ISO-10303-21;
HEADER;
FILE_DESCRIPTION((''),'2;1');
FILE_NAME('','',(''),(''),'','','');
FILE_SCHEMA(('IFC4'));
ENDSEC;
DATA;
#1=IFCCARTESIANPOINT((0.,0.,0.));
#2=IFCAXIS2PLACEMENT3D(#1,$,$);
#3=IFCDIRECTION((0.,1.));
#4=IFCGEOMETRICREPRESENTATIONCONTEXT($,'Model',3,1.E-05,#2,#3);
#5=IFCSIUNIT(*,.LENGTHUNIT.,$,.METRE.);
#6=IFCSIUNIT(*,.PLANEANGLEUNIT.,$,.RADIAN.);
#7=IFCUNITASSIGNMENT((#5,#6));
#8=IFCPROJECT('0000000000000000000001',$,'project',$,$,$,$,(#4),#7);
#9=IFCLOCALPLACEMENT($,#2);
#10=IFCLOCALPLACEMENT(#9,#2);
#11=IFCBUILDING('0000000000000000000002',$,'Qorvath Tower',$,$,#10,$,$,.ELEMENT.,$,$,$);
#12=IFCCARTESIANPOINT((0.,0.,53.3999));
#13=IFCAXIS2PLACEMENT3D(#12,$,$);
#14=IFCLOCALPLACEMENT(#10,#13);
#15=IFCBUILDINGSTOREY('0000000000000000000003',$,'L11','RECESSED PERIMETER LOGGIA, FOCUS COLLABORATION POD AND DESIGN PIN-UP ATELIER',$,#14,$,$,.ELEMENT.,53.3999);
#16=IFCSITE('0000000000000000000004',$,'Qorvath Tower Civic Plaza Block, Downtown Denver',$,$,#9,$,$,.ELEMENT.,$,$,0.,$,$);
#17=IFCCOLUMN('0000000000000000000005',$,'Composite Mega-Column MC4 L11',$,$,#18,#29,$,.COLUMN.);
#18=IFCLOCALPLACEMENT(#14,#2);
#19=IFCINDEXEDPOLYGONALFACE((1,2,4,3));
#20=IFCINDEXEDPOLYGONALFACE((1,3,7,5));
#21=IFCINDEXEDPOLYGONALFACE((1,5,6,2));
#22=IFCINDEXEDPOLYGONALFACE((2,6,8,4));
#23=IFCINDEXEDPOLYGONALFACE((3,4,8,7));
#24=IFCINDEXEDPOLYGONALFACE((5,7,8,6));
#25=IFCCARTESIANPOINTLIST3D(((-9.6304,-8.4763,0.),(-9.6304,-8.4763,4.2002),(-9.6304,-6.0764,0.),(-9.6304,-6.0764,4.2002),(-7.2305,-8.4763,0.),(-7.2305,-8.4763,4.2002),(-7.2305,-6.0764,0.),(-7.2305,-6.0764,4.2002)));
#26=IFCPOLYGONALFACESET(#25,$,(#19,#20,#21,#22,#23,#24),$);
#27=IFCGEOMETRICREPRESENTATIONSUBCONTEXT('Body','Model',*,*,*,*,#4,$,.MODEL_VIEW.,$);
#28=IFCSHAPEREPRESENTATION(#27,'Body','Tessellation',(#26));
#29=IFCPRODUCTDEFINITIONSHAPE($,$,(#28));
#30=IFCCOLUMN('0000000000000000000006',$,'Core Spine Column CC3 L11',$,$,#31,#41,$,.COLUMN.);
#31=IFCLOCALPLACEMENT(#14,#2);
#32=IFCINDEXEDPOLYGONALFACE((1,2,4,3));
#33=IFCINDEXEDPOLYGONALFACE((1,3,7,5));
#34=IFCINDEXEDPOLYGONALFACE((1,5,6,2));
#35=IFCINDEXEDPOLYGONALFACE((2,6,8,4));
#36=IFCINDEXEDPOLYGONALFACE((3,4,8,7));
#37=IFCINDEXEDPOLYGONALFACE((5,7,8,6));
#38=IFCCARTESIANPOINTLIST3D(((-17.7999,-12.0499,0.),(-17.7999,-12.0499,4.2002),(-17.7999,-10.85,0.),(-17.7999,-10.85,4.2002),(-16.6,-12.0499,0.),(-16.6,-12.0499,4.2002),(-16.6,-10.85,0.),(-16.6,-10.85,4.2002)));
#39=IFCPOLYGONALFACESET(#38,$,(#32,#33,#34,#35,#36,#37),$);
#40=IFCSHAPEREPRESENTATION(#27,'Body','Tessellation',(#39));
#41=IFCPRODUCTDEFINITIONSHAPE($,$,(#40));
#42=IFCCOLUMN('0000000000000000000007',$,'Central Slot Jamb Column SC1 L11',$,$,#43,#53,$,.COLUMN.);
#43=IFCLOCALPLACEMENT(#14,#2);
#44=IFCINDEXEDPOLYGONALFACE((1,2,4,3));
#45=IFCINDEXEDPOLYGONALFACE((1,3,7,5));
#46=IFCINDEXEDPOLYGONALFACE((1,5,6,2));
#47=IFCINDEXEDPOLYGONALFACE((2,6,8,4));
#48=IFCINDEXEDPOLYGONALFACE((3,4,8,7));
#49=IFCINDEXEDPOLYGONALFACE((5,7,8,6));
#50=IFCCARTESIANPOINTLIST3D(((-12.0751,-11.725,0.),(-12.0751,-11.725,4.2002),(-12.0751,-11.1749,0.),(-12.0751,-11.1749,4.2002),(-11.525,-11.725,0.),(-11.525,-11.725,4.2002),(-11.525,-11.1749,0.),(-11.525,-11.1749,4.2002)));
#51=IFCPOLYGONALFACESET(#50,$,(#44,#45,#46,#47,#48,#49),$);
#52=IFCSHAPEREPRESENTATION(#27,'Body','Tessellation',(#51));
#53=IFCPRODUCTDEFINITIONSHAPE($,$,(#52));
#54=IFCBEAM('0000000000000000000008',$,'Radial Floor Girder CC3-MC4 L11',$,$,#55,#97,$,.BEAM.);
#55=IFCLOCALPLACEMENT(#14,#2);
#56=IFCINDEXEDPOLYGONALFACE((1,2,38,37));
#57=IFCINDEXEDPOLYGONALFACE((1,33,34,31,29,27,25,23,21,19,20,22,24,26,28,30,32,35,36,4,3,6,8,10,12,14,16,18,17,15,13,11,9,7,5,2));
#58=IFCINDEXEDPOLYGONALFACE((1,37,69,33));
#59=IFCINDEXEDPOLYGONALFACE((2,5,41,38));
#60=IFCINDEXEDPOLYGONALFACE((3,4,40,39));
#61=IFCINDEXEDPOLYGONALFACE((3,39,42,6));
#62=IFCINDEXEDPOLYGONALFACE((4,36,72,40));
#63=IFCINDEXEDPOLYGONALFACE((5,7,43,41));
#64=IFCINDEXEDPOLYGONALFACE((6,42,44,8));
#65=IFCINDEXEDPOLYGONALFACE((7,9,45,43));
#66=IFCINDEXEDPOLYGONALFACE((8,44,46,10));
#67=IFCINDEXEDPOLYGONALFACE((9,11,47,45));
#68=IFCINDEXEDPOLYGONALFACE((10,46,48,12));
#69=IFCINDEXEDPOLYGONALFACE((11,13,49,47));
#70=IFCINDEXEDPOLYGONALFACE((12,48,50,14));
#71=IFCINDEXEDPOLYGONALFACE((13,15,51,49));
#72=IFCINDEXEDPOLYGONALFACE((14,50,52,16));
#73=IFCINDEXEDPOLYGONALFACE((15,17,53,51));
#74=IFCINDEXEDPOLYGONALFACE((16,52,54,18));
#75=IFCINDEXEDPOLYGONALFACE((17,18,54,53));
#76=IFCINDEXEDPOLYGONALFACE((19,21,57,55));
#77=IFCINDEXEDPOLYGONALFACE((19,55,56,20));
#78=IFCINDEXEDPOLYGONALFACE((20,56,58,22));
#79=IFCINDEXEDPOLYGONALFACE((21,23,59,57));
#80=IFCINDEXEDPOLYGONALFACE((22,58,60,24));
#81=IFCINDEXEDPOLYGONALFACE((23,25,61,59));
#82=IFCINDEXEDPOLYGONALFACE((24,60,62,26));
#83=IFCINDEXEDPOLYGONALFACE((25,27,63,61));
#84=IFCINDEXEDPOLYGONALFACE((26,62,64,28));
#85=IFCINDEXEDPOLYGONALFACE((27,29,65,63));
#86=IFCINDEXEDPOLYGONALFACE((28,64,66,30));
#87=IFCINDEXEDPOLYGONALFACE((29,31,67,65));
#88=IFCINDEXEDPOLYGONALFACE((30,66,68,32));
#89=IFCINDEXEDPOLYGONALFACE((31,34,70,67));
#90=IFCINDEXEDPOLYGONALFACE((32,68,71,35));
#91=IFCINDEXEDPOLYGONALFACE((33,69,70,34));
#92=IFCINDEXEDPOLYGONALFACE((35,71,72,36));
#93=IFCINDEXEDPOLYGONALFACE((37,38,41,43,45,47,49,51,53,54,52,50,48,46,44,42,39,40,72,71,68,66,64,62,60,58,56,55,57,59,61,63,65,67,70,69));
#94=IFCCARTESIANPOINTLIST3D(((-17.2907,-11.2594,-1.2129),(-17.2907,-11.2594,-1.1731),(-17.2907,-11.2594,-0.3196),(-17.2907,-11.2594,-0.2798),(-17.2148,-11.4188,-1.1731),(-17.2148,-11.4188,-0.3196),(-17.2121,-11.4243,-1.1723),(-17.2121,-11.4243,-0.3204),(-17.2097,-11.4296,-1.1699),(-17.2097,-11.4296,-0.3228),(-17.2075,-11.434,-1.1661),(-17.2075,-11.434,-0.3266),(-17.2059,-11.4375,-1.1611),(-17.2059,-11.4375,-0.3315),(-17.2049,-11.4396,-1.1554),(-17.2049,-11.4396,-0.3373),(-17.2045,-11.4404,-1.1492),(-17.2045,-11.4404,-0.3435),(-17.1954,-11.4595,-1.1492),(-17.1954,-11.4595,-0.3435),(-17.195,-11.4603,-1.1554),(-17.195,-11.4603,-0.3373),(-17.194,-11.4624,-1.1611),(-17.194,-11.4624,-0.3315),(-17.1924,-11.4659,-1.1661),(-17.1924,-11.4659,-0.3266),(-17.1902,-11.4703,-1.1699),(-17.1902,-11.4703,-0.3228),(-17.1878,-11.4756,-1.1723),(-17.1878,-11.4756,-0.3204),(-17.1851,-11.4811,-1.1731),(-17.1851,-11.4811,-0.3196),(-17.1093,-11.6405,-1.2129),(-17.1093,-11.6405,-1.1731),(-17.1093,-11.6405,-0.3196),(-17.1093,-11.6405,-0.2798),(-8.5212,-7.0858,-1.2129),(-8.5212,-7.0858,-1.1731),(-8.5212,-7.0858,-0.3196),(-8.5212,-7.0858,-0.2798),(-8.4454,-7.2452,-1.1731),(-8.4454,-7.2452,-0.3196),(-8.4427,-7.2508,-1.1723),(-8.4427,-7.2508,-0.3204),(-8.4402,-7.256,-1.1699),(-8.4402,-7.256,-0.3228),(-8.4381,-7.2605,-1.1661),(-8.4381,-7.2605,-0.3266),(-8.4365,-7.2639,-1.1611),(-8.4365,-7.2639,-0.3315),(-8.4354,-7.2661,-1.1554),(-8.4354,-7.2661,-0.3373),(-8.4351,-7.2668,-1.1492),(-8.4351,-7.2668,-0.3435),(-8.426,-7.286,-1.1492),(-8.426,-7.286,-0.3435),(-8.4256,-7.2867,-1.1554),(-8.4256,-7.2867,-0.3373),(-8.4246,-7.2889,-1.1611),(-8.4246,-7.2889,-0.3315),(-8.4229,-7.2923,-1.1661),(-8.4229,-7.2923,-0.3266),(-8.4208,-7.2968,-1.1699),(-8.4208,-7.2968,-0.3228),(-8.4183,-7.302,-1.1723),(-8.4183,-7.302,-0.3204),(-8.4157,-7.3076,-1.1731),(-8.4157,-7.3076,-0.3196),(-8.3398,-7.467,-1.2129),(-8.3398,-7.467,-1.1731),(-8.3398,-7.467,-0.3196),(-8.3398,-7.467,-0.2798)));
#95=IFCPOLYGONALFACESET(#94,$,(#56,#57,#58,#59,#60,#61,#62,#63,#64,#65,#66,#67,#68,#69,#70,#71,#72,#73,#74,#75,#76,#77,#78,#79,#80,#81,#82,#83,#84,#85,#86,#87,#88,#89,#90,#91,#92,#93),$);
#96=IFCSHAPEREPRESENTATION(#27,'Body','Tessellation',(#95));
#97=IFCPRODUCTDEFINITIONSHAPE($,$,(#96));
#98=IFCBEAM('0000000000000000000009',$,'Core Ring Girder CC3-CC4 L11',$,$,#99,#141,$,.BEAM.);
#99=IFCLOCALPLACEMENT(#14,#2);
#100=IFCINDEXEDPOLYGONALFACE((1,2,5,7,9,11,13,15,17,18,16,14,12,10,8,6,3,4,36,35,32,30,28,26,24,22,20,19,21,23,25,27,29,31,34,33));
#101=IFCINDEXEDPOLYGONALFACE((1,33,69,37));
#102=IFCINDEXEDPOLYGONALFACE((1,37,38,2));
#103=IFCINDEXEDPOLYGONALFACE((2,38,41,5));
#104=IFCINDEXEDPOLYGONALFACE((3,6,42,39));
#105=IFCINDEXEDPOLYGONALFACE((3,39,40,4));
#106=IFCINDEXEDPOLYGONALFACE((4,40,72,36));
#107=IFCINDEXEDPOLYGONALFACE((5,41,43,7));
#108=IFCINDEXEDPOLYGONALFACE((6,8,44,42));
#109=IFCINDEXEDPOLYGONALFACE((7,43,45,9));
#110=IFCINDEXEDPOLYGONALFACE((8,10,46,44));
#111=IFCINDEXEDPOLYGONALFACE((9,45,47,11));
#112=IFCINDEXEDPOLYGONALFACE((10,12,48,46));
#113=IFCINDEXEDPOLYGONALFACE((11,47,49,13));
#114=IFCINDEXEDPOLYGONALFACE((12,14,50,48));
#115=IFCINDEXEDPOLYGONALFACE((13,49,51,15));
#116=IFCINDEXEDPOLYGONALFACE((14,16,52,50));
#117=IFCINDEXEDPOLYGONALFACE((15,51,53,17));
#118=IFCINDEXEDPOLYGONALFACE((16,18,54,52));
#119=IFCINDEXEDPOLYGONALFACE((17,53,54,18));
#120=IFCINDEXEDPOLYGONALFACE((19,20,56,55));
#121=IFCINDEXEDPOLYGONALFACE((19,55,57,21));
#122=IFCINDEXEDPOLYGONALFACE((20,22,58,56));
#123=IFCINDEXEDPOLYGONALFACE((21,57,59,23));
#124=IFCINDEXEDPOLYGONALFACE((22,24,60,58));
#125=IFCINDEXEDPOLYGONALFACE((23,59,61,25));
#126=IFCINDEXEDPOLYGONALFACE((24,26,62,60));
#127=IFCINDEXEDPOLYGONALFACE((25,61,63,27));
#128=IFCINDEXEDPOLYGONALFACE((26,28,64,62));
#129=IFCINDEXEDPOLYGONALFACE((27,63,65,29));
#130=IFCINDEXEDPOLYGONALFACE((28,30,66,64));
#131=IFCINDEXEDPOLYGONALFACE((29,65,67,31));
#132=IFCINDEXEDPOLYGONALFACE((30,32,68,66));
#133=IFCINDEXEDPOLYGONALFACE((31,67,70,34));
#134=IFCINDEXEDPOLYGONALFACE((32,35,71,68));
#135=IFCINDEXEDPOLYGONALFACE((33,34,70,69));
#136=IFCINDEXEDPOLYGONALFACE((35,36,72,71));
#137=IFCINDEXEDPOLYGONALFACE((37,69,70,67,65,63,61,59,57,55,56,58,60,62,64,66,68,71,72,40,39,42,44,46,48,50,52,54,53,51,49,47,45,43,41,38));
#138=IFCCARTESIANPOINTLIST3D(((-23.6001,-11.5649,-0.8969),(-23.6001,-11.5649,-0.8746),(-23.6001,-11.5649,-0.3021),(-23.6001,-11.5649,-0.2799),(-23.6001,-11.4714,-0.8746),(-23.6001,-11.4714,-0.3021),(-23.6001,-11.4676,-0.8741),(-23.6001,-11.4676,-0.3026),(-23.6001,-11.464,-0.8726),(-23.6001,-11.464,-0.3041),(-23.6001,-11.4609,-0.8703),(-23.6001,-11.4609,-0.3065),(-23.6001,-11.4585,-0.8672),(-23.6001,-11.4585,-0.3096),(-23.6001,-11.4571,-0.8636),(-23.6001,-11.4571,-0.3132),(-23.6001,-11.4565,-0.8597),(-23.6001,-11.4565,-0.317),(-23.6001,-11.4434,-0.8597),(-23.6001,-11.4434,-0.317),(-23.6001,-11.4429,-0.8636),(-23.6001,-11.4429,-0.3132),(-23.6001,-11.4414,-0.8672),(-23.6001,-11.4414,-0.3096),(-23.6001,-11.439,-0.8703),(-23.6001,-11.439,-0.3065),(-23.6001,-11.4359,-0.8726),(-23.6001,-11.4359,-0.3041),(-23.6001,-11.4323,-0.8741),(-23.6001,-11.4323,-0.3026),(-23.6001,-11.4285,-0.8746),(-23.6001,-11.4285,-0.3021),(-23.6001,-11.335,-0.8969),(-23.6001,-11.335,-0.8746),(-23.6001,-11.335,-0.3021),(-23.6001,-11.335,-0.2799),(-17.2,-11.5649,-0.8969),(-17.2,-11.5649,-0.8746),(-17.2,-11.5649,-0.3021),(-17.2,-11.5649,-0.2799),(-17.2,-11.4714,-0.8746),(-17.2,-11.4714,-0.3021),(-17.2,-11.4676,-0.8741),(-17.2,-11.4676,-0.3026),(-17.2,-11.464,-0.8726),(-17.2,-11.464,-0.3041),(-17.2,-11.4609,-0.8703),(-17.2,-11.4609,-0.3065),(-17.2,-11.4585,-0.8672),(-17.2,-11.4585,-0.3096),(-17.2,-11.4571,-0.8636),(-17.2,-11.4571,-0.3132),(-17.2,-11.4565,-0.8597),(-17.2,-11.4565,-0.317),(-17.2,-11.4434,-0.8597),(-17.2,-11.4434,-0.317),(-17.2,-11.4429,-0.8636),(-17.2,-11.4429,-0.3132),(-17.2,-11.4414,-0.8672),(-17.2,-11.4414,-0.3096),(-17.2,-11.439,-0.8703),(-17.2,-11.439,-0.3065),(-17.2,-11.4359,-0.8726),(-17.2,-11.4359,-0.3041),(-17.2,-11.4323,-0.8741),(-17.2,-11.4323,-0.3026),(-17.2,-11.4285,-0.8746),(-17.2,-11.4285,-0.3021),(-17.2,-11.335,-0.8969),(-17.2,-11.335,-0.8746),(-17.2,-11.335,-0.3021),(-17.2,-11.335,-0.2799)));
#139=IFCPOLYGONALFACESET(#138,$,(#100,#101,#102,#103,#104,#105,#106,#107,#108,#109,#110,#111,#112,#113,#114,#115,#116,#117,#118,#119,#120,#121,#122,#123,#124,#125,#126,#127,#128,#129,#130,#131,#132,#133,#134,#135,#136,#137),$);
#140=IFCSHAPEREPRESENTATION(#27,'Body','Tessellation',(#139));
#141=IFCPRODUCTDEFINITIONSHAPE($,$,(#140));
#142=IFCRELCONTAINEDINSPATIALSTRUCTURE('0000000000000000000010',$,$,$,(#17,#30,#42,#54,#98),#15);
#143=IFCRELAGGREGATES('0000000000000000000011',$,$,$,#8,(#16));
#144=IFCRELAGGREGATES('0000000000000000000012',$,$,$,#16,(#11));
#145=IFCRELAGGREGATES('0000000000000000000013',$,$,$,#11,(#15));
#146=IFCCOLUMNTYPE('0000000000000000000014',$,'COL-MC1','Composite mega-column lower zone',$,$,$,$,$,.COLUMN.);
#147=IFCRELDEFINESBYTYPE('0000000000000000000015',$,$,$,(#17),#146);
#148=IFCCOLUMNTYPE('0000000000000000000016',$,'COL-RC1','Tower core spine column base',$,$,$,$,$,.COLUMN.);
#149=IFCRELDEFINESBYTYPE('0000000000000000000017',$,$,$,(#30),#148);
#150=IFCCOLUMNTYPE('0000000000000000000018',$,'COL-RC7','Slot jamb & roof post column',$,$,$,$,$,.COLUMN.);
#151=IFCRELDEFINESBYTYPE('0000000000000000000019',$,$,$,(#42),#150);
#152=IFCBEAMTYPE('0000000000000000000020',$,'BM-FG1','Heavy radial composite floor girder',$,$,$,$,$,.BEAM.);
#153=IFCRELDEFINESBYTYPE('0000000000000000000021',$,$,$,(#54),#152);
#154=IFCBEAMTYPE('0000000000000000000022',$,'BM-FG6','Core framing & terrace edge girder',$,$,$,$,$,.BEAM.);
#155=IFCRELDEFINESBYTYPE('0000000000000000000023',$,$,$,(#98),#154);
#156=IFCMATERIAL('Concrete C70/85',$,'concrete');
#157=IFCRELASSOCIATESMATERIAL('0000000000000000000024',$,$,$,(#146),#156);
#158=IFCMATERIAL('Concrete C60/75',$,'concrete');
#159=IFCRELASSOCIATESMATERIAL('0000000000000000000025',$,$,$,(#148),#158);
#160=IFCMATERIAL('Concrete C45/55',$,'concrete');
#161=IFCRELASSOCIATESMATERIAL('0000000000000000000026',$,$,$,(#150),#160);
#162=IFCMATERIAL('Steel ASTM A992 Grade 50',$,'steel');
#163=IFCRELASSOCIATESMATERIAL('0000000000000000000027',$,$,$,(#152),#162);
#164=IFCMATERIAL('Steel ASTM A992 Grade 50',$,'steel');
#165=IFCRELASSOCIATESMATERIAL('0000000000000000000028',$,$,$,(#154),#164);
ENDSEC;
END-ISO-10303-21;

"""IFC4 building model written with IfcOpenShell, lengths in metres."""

from ifc_helpers import new_model, si_unit, direction, frame, origin, origin_2d, place, context, subcontext, project, spatial, rectangle, i_section, extrude, material, material_profile, profile_set, type_object, element, save


model = new_model("IFC4")

# Units and contexts
model_context = context("Model", 3, precision=1e-05, world=origin(), true_north=direction((0.0, 1.0)))
body_context = subcontext(model_context, "Body", "Model", "MODEL_VIEW")
ifc_project = project(units=[si_unit("LENGTHUNIT", "METRE"), si_unit("PLANEANGLEUNIT", "RADIAN")], contexts=[model_context])

# Site, building, storey
site_placement = place(None, origin())
site = spatial("IfcSite", under=ifc_project, at=site_placement, Name="Qorvath Tower Civic Plaza Block, Downtown Denver", CompositionType="ELEMENT", RefElevation=0.0)
building_placement = place(site_placement, origin())
building = spatial("IfcBuilding", under=site, at=building_placement, Name="Qorvath Tower", CompositionType="ELEMENT")
storey_placement = place(building_placement, frame((0.0, 0.0, 53.3999)))
storey = spatial("IfcBuildingStorey", under=building, at=storey_placement, Name="L11", Description="RECESSED PERIMETER LOGGIA, FOCUS COLLABORATION POD AND DESIGN PIN-UP ATELIER", CompositionType="ELEMENT", Elevation=53.3999)

# Columns
ifc_material_1 = material(Name="Concrete C70/85", Category="concrete")
ifc_material_profile_1 = material_profile(ifc_material_1, rectangle(XDim=2.3999, YDim=2.3999, at=origin_2d()), Name="MC 2400x2400")
ifc_profile_set_1 = profile_set([ifc_material_profile_1], Name="Concrete C70/85")
column_type_1 = type_object("IfcColumnType", Name="COL-MC1", Description="Composite mega-column lower zone", PredefinedType="COLUMN", material=ifc_profile_set_1)
column_1_placement = place(storey_placement, frame((-8.4304, -7.2764, 0.0), z_axis=(0.0, 0.0, 1.0), x_axis=(1.0, 0.0, 0.0)))
element("IfcColumn", 1, at=column_1_placement, inside=storey, type_object=column_type_1, Name="Composite Mega-Column MC4 L11", PredefinedType="COLUMN", context=body_context, shape_type="SweptSolid", body=[
    extrude(rectangle(XDim=2.3999, YDim=2.3999, at=origin_2d()), origin(), (0.0, 0.0, 1.0), 4.2002),
])
ifc_material_2 = material(Name="Concrete C60/75", Category="concrete")
ifc_material_profile_2 = material_profile(ifc_material_2, rectangle(XDim=1.2, YDim=1.2, at=origin_2d()), Name="RC 1200x1200")
ifc_profile_set_2 = profile_set([ifc_material_profile_2], Name="Concrete C60/75")
column_type_2 = type_object("IfcColumnType", Name="COL-RC1", Description="Tower core spine column base", PredefinedType="COLUMN", material=ifc_profile_set_2)
column_2_placement = place(storey_placement, frame((-17.2, -11.45, 0.0), z_axis=(0.0, 0.0, 1.0), x_axis=(1.0, 0.0, 0.0)))
element("IfcColumn", 2, at=column_2_placement, inside=storey, type_object=column_type_2, Name="Core Spine Column CC3 L11", PredefinedType="COLUMN", context=body_context, shape_type="SweptSolid", body=[
    extrude(rectangle(XDim=1.2, YDim=1.2, at=origin_2d()), origin(), (0.0, 0.0, 1.0), 4.2002),
])
ifc_material_3 = material(Name="Concrete C45/55", Category="concrete")
ifc_material_profile_3 = material_profile(ifc_material_3, rectangle(XDim=0.55, YDim=0.55, at=origin_2d()), Name="RC 550x550")
ifc_profile_set_3 = profile_set([ifc_material_profile_3], Name="Concrete C45/55")
column_type_3 = type_object("IfcColumnType", Name="COL-RC7", Description="Slot jamb & roof post column", PredefinedType="COLUMN", material=ifc_profile_set_3)
column_3_placement = place(storey_placement, frame((-11.8, -11.45, 0.0), z_axis=(0.0, 0.0, 1.0), x_axis=(1.0, 0.0, 0.0)))
element("IfcColumn", 3, at=column_3_placement, inside=storey, type_object=column_type_3, Name="Central Slot Jamb Column SC1 L11", PredefinedType="COLUMN", context=body_context, shape_type="SweptSolid", body=[
    extrude(rectangle(XDim=0.55, YDim=0.55, at=origin_2d()), origin(), (0.0, 0.0, 1.0), 4.2002),
])

# Beams
ifc_material_4 = material(Name="Steel ASTM A992 Grade 50", Category="steel")
ifc_material_profile_4 = material_profile(ifc_material_4, i_section(OverallWidth=0.4221, OverallDepth=0.9331, WebThickness=0.0212, FlangeThickness=0.0398, FilletRadius=0.0239, at=origin_2d()), Name="W36x262")
ifc_profile_set_4 = profile_set([ifc_material_profile_4], Name="Steel ASTM A992 Grade 50")
beam_type_1 = type_object("IfcBeamType", Name="BM-FG1", Description="Heavy radial composite floor girder", PredefinedType="BEAM", material=ifc_profile_set_4)
beam_1_placement = place(storey_placement, frame((-17.2, -11.45, -0.7463), z_axis=(0.902956, 0.429734, 0.0), x_axis=(-0.429734, 0.902956, 0.0)))
element("IfcBeam", 4, at=beam_1_placement, inside=storey, type_object=beam_type_1, Name="Radial Floor Girder CC3-MC4 L11", PredefinedType="BEAM", context=body_context, shape_type="SweptSolid", body=[
    extrude(i_section(OverallWidth=0.4221, OverallDepth=0.9331, WebThickness=0.0212, FlangeThickness=0.0398, FilletRadius=0.0239, at=origin_2d()), origin(), (0.0, 0.0, 1.0), 9.7119),
])
ifc_material_5 = material(Name="Steel ASTM A992 Grade 50", Category="steel")
ifc_material_profile_5 = material_profile(ifc_material_5, i_section(OverallWidth=0.23, OverallDepth=0.6169, WebThickness=0.0132, FlangeThickness=0.0222, FilletRadius=0.0149, at=origin_2d()), Name="W24x94")
ifc_profile_set_5 = profile_set([ifc_material_profile_5], Name="Steel ASTM A992 Grade 50")
beam_type_2 = type_object("IfcBeamType", Name="BM-FG6", Description="Core framing & terrace edge girder", PredefinedType="BEAM", material=ifc_profile_set_5)
beam_2_placement = place(storey_placement, frame((-17.2, -11.45, -0.5884), z_axis=(-1.0, 0.0, 0.0), x_axis=(0.0, -1.0, 0.0)))
element("IfcBeam", 5, at=beam_2_placement, inside=storey, type_object=beam_type_2, Name="Core Ring Girder CC3-CC4 L11", PredefinedType="BEAM", context=body_context, shape_type="SweptSolid", body=[
    extrude(i_section(OverallWidth=0.23, OverallDepth=0.6169, WebThickness=0.0132, FlangeThickness=0.0222, FilletRadius=0.0149, at=origin_2d()), origin(), (0.0, 0.0, 1.0), 6.4001),
])

save(model, "model.ifc")
